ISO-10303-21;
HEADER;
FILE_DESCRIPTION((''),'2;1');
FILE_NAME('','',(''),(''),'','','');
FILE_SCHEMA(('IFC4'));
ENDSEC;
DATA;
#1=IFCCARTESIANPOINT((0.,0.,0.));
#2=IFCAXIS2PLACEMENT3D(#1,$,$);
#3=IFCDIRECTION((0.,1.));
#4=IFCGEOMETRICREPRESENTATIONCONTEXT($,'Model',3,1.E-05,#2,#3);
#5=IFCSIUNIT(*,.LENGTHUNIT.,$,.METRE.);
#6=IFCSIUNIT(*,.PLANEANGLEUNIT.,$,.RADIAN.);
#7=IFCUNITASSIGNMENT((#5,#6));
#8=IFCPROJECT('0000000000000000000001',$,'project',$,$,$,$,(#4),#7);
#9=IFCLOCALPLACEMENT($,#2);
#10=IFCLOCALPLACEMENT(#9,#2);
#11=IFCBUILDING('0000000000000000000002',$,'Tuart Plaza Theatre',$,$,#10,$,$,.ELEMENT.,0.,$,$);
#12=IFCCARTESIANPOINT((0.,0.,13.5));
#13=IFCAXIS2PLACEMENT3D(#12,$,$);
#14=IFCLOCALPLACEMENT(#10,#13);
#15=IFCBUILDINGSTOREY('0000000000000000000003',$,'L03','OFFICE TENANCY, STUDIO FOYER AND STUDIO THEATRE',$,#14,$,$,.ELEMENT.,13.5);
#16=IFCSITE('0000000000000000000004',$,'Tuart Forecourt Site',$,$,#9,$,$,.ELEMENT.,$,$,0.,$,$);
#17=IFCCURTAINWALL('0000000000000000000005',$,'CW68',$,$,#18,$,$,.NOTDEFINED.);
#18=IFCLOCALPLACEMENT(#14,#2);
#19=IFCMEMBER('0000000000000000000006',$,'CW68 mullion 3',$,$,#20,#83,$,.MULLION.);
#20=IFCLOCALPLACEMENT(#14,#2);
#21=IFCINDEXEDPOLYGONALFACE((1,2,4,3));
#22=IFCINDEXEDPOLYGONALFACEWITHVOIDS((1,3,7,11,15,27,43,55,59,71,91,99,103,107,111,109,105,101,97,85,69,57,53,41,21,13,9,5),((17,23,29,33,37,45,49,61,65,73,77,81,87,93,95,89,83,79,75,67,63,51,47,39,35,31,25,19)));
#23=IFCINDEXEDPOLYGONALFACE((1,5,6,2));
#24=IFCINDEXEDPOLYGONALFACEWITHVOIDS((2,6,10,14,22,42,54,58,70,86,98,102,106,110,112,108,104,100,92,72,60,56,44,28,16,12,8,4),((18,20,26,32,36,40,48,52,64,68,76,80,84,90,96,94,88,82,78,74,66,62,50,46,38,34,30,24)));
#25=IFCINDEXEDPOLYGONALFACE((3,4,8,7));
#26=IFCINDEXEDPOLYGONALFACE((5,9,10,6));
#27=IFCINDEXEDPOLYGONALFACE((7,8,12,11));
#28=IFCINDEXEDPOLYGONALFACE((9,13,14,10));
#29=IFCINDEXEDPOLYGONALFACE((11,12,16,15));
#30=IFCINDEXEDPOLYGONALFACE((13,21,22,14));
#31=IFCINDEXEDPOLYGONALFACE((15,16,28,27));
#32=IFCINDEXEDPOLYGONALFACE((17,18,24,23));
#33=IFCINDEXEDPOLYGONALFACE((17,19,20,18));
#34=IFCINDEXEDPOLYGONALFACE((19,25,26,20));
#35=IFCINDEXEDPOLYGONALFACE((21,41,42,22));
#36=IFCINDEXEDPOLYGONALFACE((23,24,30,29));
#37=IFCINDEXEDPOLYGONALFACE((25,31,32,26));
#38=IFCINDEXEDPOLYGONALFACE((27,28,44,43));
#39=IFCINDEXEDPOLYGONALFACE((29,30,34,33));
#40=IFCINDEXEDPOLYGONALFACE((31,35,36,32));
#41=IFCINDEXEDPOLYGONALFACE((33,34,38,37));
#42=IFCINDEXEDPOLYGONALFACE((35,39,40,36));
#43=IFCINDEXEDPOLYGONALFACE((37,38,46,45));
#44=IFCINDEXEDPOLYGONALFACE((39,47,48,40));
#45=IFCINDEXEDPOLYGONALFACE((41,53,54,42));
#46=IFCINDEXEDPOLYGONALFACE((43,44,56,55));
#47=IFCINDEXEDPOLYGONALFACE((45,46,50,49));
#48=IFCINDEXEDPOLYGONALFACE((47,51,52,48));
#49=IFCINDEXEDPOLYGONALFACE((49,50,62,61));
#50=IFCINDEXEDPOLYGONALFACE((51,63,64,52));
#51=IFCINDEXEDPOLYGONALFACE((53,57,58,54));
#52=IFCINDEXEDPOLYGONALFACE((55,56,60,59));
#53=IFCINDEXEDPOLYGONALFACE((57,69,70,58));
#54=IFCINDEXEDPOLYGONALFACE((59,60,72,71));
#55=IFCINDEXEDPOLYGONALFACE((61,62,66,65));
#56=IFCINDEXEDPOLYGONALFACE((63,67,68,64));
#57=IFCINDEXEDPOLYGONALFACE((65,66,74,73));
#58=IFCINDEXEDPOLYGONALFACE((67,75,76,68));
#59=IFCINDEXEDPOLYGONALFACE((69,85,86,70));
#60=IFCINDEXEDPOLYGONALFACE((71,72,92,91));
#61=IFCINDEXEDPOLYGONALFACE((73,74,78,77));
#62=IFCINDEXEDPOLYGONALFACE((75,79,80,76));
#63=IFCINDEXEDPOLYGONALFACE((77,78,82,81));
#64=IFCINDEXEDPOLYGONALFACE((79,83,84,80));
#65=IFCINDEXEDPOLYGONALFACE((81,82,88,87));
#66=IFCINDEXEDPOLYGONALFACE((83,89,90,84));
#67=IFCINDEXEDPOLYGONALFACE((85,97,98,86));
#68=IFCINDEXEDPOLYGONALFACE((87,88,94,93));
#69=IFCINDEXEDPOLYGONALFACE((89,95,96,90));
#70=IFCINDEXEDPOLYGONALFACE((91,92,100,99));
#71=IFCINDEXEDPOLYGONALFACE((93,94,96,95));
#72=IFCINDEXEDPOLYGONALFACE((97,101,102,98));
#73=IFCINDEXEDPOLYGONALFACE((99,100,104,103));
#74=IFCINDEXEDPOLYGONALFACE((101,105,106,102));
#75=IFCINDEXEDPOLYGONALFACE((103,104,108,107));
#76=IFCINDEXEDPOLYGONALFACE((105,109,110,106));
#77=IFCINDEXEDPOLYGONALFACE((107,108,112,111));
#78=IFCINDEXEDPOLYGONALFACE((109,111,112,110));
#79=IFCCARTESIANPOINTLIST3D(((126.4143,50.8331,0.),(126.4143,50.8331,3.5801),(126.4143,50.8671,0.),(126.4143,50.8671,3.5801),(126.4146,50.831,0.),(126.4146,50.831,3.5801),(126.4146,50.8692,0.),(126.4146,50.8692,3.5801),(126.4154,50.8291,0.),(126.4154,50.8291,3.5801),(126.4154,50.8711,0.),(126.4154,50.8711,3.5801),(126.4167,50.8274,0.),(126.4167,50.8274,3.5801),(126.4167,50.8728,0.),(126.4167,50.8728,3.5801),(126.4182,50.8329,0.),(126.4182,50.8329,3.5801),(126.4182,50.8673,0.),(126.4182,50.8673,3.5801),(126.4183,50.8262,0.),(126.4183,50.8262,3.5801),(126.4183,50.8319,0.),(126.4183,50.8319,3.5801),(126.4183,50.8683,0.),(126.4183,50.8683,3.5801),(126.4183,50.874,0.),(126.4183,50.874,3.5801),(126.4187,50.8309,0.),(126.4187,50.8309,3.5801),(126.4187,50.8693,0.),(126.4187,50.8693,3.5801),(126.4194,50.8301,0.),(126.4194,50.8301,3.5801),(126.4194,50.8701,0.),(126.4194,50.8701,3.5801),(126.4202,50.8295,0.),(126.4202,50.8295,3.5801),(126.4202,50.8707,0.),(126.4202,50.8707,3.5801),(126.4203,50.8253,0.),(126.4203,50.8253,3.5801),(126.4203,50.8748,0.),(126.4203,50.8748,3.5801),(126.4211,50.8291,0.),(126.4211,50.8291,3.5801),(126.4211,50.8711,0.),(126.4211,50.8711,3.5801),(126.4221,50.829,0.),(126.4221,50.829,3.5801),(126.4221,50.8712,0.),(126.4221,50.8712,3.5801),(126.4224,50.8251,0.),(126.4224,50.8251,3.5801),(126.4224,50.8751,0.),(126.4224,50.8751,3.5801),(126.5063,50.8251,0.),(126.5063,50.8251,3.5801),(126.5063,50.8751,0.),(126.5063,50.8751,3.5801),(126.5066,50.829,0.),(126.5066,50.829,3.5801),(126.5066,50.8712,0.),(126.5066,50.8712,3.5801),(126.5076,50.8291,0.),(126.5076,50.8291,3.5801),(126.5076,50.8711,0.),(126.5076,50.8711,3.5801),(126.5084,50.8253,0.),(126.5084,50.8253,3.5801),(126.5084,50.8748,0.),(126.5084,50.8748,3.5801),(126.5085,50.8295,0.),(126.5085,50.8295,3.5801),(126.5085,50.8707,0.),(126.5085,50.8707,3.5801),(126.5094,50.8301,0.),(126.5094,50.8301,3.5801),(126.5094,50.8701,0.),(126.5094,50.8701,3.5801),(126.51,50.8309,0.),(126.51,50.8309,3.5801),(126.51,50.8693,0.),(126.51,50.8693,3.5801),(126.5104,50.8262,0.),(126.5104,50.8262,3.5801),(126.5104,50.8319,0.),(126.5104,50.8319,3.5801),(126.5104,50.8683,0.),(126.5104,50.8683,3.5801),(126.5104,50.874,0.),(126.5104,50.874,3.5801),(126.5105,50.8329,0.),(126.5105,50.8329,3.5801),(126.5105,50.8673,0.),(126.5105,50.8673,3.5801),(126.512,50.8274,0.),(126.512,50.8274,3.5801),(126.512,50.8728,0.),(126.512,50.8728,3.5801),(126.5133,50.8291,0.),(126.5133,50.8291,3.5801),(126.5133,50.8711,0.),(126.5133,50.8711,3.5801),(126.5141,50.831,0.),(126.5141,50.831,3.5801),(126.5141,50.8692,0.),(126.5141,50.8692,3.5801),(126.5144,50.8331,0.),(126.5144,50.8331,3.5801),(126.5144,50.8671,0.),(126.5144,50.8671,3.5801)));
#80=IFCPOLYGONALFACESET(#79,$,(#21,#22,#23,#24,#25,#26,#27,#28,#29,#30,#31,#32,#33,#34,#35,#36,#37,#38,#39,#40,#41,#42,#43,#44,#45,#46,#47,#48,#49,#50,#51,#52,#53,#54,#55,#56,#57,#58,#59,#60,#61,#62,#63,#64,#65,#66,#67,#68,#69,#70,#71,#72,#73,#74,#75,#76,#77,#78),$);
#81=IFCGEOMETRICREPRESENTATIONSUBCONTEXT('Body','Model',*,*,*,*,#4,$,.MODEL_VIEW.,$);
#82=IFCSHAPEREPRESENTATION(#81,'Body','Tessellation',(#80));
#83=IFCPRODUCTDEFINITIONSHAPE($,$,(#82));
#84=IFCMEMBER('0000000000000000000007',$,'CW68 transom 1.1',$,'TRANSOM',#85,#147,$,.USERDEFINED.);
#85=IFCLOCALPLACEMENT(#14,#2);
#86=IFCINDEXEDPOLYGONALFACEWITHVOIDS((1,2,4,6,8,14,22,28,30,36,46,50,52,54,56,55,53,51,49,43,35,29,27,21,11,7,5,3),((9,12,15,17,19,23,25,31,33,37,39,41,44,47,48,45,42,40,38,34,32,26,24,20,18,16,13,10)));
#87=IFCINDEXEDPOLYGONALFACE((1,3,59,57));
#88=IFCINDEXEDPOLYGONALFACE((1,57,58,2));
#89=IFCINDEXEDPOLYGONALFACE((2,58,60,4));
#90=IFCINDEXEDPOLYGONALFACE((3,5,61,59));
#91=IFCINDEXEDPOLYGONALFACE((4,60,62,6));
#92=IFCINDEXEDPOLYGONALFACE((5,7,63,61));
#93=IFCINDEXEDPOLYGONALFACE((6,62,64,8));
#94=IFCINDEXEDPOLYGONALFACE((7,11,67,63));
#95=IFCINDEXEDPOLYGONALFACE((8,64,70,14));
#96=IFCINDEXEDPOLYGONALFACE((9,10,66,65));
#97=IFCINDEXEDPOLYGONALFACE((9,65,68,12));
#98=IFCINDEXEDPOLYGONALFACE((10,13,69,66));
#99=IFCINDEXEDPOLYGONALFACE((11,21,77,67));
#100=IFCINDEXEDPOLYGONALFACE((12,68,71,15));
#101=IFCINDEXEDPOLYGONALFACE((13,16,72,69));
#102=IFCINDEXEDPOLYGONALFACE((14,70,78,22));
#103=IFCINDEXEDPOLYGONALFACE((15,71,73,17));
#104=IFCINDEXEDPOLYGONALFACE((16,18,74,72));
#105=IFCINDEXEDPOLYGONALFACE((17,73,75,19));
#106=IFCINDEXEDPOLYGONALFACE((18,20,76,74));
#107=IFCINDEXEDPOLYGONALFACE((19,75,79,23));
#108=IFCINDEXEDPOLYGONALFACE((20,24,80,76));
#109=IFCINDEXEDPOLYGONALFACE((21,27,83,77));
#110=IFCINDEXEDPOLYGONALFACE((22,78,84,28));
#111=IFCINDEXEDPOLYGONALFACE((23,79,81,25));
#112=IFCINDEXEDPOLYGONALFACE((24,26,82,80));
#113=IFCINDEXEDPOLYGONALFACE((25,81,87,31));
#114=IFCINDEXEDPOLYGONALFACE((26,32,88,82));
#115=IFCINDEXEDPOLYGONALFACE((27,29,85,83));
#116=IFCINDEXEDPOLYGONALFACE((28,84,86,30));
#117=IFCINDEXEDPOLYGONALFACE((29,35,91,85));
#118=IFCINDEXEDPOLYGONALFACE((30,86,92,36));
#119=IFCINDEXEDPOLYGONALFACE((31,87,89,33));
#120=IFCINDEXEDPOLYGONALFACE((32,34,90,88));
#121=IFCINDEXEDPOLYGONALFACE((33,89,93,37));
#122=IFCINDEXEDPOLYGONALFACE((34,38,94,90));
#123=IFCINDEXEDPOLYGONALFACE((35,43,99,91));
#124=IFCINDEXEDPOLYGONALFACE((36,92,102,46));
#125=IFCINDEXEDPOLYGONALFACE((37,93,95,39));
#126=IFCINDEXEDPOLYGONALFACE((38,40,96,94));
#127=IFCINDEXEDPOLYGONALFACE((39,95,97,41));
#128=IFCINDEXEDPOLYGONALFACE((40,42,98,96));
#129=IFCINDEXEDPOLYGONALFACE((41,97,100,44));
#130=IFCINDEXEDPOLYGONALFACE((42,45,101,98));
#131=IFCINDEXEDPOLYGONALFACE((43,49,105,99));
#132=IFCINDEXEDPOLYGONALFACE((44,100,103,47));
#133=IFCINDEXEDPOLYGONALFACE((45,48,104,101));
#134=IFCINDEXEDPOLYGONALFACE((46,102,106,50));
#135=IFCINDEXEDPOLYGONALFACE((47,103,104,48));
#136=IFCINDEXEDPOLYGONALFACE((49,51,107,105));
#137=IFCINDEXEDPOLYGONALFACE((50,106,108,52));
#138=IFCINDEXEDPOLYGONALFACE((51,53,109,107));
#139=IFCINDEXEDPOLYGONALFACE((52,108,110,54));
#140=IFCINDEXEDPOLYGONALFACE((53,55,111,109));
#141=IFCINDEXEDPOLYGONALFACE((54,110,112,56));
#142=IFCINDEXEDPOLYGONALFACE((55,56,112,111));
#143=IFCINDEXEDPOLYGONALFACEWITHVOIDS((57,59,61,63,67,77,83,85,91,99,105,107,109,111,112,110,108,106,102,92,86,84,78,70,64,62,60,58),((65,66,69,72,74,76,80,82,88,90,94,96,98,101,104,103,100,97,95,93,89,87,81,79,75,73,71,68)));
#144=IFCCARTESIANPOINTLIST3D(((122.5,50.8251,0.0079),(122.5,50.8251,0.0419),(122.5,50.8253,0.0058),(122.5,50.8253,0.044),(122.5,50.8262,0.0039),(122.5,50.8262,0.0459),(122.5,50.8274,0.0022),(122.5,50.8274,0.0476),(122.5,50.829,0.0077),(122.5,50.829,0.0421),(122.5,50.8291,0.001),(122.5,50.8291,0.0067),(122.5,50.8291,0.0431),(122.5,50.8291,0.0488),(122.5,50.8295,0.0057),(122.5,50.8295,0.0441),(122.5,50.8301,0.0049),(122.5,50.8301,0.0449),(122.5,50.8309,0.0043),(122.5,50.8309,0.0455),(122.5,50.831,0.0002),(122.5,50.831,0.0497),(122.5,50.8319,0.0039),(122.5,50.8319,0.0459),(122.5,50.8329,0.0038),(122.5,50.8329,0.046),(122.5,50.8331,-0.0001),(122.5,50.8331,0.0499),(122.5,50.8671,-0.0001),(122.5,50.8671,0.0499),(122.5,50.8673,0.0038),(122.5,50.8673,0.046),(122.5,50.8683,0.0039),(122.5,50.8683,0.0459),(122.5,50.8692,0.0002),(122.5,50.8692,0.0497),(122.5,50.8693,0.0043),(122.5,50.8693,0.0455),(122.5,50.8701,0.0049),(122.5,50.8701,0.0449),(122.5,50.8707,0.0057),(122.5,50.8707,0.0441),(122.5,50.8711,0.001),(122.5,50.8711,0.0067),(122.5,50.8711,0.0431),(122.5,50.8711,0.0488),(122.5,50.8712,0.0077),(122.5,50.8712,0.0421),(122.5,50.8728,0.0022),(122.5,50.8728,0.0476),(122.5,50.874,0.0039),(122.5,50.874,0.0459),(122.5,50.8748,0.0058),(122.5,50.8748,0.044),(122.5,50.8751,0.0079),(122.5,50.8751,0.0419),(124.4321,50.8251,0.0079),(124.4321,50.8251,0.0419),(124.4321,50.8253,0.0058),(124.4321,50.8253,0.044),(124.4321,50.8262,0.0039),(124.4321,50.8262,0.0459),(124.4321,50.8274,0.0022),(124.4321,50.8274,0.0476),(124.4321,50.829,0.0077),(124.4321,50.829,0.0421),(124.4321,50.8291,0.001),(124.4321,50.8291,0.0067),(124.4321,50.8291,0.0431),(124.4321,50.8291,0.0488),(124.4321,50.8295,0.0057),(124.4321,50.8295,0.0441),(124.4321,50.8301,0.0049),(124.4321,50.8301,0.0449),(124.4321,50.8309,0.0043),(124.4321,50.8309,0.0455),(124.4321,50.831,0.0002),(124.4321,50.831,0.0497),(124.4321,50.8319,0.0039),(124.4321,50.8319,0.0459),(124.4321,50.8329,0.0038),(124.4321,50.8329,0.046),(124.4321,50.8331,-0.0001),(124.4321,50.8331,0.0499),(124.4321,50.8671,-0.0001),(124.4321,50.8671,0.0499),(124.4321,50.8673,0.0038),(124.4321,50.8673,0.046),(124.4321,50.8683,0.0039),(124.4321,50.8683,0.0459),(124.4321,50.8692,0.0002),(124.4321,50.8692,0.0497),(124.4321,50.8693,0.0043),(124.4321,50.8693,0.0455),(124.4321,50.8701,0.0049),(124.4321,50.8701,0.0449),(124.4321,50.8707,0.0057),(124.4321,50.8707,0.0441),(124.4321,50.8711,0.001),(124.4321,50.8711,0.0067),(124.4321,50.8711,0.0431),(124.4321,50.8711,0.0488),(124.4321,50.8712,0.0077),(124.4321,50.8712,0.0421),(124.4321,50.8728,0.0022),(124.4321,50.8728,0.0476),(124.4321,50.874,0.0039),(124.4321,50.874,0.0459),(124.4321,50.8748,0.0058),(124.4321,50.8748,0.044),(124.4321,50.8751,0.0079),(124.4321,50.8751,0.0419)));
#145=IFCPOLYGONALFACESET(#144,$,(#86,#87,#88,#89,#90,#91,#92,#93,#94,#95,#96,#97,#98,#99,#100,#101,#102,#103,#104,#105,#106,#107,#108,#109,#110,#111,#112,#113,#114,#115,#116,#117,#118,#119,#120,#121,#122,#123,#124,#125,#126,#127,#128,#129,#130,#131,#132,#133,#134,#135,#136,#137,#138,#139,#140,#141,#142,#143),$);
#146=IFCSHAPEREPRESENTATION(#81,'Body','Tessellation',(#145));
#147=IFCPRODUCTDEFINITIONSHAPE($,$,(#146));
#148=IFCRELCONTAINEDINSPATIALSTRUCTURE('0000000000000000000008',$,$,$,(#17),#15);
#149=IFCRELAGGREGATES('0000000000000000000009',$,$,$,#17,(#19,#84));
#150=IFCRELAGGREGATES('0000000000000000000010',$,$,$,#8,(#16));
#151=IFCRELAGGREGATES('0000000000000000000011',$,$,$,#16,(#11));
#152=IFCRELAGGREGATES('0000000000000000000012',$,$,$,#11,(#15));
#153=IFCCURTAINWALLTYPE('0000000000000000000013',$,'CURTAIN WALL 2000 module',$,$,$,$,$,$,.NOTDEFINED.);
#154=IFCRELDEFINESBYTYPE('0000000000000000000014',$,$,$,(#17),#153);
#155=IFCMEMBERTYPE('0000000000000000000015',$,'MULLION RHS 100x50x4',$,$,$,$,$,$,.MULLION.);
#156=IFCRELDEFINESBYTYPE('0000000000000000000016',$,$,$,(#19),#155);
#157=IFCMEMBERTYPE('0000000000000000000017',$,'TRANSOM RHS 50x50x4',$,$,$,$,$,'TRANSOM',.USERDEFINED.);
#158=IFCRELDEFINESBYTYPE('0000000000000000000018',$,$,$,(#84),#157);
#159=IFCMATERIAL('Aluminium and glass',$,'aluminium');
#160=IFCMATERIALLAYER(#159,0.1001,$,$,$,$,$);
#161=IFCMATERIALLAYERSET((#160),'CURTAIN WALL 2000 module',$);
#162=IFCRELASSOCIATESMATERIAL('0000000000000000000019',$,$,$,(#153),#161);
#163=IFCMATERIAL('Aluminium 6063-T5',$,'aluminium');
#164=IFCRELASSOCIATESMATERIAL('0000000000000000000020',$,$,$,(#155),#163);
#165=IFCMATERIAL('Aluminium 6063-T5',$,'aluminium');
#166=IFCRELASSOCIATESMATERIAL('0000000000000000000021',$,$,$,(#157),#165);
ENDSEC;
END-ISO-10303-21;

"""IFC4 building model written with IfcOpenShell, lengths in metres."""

from ifc_helpers import new_model, si_unit, direction, frame, origin, origin_2d, place, context, subcontext, project, spatial, hollow_rectangle, extrude, material, layer, layer_set, material_profile, profile_set, type_object, element, aggregate, save


model = new_model("IFC4")

# Units and contexts
model_context = context("Model", 3, precision=1e-05, world=origin(), true_north=direction((0.0, 1.0)))
body_context = subcontext(model_context, "Body", "Model", "MODEL_VIEW")
ifc_project = project(units=[si_unit("LENGTHUNIT", "METRE"), si_unit("PLANEANGLEUNIT", "RADIAN")], contexts=[model_context])

# Site, building, storey
site_placement = place(None, origin())
site = spatial("IfcSite", under=ifc_project, at=site_placement, Name="Tuart Forecourt Site", CompositionType="ELEMENT", RefElevation=0.0)
building_placement = place(site_placement, origin())
building = spatial("IfcBuilding", under=site, at=building_placement, Name="Tuart Plaza Theatre", CompositionType="ELEMENT", ElevationOfRefHeight=0.0)
storey_placement = place(building_placement, frame((0.0, 0.0, 13.5)))
storey = spatial("IfcBuildingStorey", under=building, at=storey_placement, Name="L03", Description="OFFICE TENANCY, STUDIO FOYER AND STUDIO THEATRE", CompositionType="ELEMENT", Elevation=13.5)

# Curtain wall, members
ifc_material_1 = material(Name="Aluminium and glass", Category="aluminium")
ifc_layer_1 = layer(ifc_material_1, 0.1001)
ifc_layer_set_1 = layer_set([ifc_layer_1], Name="CURTAIN WALL 2000 module")
curtain_wall_type = type_object("IfcCurtainWallType", Name="CURTAIN WALL 2000 module", PredefinedType="NOTDEFINED", material=ifc_layer_set_1)
curtain_wall_placement = place(storey_placement, origin())
curtain_wall = element("IfcCurtainWall", 1, at=curtain_wall_placement, inside=storey, type_object=curtain_wall_type, Name="CW68", PredefinedType="NOTDEFINED")
ifc_material_2 = material(Name="Aluminium 6063-T5", Category="aluminium")
ifc_material_profile_1 = material_profile(ifc_material_2, hollow_rectangle(XDim=0.05, YDim=0.1001, WallThickness=0.0039, InnerFilletRadius=0.0039, OuterFilletRadius=0.0081, at=origin_2d()), Name="RHS 100x50x4")
ifc_profile_set_1 = profile_set([ifc_material_profile_1], Name="Aluminium 6063-T5")
member_type_1 = type_object("IfcMemberType", Name="MULLION RHS 100x50x4", PredefinedType="MULLION", material=ifc_profile_set_1)
member_1_placement = place(storey_placement, frame((126.4644, 50.8501, 0.0), z_axis=(0.0, 0.0, 1.0), x_axis=(0.0, 1.0, 0.0)))
member_1 = element("IfcMember", 2, at=member_1_placement, type_object=member_type_1, Name="CW68 mullion 3", PredefinedType="MULLION", context=body_context, shape_type="SweptSolid", body=[
    extrude(hollow_rectangle(XDim=0.05, YDim=0.1001, WallThickness=0.0039, InnerFilletRadius=0.0039, OuterFilletRadius=0.0081, at=origin_2d()), origin(), (0.0, 0.0, 1.0), 3.5801),
])
ifc_material_3 = material(Name="Aluminium 6063-T5", Category="aluminium")
ifc_material_profile_2 = material_profile(ifc_material_3, hollow_rectangle(XDim=0.05, YDim=0.05, WallThickness=0.0039, InnerFilletRadius=0.0039, OuterFilletRadius=0.0081, at=origin_2d()), Name="RHS 50x50x4")
ifc_profile_set_2 = profile_set([ifc_material_profile_2], Name="Aluminium 6063-T5")
member_type_2 = type_object("IfcMemberType", Name="TRANSOM RHS 50x50x4", ElementType="TRANSOM", PredefinedType="USERDEFINED", material=ifc_profile_set_2)
member_2_placement = place(storey_placement, frame((122.5, 50.8501, 0.0249), z_axis=(1.0, 0.0, 0.0), x_axis=(0.0, 1.0, 0.0)))
member_2 = element("IfcMember", 3, at=member_2_placement, type_object=member_type_2, Name="CW68 transom 1.1", ObjectType="TRANSOM", PredefinedType="USERDEFINED", context=body_context, shape_type="SweptSolid", body=[
    extrude(hollow_rectangle(XDim=0.05, YDim=0.05, WallThickness=0.0039, InnerFilletRadius=0.0039, OuterFilletRadius=0.0081, at=origin_2d()), origin(), (0.0, 0.0, 1.0), 1.9321),
])
aggregate(curtain_wall, [member_1, member_2])

save(model, "model.ifc")
